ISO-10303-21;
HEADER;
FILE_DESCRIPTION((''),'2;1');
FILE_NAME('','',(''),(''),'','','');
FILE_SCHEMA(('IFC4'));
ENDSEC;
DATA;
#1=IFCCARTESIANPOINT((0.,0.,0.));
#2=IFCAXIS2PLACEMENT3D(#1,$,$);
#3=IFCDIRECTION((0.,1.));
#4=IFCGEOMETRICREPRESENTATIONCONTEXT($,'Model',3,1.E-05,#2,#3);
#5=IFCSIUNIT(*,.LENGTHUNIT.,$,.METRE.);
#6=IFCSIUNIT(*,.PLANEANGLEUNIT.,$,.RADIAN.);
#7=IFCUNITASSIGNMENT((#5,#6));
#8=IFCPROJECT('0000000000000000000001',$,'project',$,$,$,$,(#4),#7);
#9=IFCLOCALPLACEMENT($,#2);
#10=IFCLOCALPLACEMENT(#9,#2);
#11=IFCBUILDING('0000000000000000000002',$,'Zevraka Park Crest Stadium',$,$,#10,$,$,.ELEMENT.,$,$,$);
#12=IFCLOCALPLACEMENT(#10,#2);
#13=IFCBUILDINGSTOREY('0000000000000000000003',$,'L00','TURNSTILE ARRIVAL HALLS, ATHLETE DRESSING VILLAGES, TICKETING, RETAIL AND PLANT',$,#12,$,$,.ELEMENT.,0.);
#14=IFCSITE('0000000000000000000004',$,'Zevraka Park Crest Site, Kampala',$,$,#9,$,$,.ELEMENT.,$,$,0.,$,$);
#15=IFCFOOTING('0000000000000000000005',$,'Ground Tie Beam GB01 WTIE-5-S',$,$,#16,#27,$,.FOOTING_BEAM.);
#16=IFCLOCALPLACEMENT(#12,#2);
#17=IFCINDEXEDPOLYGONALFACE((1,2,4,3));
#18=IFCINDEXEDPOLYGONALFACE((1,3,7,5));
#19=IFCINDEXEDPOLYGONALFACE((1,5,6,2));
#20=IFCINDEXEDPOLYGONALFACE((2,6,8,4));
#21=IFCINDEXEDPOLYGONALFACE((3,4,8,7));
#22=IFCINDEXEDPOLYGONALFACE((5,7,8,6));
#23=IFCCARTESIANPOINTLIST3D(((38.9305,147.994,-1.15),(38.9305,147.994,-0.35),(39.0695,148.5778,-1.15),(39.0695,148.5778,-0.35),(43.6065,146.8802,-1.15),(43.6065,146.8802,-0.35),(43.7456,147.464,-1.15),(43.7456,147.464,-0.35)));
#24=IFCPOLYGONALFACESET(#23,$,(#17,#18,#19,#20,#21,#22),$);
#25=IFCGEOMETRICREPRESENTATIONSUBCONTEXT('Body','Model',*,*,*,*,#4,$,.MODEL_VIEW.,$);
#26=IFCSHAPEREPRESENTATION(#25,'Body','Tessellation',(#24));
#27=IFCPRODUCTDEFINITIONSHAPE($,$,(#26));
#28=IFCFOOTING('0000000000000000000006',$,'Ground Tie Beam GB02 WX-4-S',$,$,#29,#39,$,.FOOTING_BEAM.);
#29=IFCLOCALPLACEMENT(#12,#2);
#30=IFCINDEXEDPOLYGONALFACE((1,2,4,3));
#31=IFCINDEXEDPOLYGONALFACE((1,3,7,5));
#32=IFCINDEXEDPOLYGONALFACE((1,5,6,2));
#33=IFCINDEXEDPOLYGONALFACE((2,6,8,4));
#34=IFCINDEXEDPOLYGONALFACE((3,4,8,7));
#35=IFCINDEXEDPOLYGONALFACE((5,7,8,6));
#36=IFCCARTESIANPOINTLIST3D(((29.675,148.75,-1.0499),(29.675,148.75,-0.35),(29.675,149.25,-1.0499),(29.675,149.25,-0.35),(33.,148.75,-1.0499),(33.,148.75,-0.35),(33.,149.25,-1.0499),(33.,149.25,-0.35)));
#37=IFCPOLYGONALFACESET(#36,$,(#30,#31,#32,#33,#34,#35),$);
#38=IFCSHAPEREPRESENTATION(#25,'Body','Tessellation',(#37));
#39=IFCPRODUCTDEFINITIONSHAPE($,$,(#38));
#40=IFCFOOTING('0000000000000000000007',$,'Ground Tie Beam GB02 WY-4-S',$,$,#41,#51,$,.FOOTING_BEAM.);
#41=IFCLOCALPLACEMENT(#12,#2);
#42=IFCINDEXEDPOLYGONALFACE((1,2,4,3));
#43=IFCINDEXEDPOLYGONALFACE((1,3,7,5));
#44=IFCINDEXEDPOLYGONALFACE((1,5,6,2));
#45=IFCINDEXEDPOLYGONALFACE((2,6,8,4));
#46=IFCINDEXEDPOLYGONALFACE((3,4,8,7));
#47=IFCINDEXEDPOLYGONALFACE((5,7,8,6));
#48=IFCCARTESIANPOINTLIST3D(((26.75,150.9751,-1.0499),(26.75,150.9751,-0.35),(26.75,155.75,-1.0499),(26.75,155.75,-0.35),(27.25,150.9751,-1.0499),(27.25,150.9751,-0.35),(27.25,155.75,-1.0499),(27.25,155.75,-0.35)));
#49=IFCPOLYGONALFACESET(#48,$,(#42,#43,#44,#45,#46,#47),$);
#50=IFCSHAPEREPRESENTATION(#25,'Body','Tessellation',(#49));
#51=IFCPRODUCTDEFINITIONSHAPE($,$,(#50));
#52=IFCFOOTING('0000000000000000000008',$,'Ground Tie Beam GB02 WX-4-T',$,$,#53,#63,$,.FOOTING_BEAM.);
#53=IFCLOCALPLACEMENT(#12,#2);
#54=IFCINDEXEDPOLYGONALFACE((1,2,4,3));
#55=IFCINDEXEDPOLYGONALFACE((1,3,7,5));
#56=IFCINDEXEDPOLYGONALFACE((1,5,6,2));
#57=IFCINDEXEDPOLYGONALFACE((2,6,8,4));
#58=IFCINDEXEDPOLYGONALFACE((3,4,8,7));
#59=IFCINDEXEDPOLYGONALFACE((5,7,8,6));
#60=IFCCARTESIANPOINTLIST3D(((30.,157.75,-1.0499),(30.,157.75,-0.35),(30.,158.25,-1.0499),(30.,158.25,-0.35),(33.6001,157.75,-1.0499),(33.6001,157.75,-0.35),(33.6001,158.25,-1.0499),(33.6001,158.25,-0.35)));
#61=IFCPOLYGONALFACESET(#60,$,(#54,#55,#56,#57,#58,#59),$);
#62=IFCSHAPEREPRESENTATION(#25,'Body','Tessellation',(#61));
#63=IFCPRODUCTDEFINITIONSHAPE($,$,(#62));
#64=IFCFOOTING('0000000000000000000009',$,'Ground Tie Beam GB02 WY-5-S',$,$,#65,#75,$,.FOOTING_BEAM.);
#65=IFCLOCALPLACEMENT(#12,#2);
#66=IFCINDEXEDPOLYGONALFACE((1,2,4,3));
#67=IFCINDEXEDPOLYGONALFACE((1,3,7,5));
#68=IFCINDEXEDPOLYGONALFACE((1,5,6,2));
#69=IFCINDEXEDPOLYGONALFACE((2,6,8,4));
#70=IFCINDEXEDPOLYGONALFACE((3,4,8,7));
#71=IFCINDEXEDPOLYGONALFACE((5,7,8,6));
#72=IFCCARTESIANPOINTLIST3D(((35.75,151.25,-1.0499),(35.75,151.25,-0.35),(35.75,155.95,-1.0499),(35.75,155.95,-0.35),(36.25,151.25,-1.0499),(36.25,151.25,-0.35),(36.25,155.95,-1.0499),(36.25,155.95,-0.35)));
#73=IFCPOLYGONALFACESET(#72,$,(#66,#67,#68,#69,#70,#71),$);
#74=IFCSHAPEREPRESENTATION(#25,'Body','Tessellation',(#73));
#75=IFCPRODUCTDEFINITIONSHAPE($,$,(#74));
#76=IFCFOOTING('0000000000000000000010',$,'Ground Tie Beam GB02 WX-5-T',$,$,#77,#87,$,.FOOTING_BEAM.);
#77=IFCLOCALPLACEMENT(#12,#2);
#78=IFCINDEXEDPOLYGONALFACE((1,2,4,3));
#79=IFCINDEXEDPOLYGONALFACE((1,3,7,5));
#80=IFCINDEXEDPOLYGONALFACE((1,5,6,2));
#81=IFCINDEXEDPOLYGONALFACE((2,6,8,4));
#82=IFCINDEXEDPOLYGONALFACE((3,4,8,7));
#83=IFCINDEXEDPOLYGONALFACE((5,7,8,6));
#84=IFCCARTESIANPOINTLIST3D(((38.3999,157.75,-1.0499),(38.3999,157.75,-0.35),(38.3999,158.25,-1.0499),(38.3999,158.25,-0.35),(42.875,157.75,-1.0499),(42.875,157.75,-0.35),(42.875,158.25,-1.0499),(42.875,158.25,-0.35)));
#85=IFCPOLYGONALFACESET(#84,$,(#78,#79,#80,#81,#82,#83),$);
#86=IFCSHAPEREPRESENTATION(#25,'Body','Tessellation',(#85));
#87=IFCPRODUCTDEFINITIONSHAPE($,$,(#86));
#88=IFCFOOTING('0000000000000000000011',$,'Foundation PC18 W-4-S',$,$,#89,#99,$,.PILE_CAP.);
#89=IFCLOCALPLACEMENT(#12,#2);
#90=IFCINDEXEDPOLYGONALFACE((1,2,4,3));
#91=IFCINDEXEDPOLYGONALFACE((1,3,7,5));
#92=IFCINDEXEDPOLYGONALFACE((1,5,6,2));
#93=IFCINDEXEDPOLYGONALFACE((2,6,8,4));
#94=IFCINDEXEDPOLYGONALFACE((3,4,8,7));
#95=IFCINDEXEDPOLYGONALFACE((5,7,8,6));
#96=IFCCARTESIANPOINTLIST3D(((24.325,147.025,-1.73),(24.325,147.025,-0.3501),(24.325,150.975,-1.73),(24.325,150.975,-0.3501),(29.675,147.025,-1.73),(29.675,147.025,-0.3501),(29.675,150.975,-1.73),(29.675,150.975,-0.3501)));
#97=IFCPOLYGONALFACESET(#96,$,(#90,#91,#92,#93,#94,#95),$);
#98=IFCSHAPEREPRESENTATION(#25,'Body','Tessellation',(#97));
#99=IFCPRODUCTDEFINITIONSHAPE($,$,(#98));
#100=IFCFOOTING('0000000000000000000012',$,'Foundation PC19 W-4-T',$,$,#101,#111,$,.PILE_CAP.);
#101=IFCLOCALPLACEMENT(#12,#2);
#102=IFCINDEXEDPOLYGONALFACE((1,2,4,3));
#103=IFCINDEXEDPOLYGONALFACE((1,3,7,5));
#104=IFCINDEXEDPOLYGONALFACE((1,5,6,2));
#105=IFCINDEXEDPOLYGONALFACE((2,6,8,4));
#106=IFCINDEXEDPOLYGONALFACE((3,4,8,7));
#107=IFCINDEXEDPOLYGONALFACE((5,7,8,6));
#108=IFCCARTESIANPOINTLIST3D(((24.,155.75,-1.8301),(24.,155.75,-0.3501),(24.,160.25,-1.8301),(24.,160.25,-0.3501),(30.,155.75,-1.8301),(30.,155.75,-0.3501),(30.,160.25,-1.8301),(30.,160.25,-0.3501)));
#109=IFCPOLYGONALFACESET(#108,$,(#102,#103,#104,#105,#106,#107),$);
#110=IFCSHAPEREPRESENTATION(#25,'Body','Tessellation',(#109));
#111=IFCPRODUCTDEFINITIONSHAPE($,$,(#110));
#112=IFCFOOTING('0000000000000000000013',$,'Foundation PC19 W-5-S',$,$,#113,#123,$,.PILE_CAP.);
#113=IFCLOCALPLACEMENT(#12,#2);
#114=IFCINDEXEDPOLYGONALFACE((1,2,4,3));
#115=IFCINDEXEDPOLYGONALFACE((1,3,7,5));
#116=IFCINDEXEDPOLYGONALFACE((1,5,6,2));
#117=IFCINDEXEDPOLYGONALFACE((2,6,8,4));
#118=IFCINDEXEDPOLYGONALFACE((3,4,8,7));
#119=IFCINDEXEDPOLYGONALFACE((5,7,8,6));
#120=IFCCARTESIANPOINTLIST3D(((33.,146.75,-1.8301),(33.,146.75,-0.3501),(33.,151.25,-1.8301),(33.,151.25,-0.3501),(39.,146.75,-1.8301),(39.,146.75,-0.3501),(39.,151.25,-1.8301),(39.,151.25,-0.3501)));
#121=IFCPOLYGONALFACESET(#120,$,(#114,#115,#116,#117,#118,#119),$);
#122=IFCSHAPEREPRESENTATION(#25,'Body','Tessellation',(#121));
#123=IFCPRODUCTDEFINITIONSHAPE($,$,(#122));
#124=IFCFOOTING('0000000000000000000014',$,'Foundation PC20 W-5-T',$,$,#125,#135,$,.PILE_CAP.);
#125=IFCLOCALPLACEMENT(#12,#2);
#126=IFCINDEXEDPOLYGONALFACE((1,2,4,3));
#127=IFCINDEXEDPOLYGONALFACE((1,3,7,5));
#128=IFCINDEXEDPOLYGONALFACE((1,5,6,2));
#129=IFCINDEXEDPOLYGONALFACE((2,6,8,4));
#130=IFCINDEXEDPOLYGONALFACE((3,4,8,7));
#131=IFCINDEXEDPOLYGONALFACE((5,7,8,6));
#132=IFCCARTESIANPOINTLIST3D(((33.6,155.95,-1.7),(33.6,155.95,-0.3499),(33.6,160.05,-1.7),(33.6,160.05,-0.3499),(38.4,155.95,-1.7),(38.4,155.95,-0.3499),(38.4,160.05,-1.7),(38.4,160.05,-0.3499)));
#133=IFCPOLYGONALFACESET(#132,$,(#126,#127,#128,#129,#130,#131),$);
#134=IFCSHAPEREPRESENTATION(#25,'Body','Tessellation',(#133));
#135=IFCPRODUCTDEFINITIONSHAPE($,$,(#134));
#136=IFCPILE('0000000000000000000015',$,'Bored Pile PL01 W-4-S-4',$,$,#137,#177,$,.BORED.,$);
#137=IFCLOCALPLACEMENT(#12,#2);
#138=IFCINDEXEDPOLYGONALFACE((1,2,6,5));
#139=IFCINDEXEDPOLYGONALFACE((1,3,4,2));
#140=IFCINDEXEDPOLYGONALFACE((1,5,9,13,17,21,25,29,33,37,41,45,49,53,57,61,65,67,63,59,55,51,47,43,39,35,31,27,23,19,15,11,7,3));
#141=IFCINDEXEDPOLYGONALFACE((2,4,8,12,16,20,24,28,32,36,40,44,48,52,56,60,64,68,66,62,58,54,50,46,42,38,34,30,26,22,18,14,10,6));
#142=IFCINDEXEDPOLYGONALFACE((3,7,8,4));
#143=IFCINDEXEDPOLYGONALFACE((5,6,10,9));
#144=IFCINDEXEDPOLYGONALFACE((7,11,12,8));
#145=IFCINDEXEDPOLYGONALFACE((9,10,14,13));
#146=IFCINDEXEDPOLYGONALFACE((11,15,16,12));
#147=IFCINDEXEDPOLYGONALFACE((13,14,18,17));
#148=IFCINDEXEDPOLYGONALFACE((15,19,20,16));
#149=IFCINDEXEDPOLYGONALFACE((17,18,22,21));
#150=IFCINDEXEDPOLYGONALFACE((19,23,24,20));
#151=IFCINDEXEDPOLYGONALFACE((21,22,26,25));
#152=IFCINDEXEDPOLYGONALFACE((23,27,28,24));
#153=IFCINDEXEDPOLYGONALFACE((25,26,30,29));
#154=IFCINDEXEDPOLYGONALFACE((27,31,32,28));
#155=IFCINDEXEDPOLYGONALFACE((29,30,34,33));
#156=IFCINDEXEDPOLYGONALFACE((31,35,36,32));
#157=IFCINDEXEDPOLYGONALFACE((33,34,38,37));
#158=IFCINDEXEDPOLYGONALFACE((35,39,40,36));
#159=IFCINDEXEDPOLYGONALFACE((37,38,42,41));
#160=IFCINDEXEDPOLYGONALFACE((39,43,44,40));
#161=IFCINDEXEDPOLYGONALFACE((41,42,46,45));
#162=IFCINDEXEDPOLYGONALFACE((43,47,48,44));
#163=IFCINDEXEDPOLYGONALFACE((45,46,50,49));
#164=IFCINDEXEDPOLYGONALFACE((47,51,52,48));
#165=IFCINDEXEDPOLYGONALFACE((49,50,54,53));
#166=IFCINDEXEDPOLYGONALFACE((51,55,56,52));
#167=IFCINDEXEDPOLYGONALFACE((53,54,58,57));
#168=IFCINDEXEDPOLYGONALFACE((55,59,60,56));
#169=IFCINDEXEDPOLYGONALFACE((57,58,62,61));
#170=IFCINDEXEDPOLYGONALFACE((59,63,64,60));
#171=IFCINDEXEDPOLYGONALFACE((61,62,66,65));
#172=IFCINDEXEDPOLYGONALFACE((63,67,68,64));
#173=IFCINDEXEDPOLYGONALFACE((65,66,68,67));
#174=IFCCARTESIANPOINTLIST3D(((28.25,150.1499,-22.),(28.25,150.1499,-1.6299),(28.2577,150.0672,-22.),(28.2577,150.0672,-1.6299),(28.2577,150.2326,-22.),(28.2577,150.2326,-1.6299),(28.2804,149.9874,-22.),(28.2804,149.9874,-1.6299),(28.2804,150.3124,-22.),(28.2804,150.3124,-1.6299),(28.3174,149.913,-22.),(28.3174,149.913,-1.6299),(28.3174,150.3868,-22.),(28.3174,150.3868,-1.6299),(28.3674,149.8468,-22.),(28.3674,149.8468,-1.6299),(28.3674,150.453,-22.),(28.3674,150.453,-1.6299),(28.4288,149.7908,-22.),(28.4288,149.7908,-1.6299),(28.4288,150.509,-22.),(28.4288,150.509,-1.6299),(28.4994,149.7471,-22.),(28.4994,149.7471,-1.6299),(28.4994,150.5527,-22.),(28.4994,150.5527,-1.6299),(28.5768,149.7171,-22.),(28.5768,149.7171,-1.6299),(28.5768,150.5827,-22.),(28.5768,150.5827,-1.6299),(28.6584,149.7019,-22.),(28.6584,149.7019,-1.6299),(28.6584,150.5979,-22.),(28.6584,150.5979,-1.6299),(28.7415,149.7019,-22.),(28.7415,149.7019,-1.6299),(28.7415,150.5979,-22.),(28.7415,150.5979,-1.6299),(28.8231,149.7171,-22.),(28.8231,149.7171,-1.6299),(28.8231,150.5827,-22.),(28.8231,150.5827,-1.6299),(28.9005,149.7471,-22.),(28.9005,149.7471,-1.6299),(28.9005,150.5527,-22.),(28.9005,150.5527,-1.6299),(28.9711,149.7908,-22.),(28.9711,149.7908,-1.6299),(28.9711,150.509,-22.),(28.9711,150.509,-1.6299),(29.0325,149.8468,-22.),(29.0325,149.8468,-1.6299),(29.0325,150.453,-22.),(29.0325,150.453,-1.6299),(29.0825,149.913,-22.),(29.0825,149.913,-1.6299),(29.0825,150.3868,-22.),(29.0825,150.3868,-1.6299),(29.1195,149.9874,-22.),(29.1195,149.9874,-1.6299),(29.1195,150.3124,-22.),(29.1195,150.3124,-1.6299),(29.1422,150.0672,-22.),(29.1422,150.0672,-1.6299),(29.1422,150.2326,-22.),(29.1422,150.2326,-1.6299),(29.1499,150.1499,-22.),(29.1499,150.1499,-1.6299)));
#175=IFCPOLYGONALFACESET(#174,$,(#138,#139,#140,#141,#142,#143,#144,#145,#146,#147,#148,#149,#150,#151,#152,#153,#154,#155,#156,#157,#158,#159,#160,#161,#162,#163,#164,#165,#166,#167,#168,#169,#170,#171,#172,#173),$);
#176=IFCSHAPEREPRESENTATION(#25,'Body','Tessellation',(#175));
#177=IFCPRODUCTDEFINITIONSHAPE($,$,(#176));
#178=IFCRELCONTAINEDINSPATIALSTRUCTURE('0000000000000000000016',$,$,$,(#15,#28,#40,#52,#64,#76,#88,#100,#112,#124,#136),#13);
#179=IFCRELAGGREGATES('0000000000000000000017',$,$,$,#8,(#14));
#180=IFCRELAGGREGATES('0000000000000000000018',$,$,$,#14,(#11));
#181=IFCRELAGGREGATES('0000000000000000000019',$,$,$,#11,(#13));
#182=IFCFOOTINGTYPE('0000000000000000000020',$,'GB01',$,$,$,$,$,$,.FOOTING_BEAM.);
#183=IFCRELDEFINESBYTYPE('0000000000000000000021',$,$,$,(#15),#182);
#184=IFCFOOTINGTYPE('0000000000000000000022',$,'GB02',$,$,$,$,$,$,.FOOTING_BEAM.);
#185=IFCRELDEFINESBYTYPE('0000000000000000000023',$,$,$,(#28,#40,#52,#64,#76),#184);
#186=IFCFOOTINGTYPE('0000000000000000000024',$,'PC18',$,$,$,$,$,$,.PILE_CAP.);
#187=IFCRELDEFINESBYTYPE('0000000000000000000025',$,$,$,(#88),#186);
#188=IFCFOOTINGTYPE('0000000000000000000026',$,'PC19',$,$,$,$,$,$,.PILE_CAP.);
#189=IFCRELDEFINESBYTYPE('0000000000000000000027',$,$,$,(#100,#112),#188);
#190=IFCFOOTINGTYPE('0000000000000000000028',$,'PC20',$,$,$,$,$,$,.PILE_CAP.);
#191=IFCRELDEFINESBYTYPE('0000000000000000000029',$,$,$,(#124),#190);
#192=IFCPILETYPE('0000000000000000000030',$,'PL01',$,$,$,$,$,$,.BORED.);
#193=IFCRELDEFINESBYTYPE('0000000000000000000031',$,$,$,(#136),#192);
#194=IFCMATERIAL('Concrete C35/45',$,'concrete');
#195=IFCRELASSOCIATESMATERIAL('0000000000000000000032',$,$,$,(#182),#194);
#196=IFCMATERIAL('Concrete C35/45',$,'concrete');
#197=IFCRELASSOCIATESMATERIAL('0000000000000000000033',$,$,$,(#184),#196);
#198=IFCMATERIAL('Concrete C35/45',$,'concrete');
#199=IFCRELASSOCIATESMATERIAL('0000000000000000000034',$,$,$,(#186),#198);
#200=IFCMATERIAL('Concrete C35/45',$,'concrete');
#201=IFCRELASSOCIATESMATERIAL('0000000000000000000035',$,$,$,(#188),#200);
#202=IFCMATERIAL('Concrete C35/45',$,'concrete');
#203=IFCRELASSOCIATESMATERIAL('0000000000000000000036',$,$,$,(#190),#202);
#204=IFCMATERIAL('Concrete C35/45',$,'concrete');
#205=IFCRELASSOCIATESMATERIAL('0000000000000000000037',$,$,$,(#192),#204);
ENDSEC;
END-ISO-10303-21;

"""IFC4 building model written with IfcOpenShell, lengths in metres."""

from ifc_helpers import new_model, si_unit, direction, frame, origin, origin_2d, place, context, subcontext, project, spatial, rectangle, circle, extrude, material, material_profile, profile_set, type_object, element, save


model = new_model("IFC4")

# Units and contexts
model_context = context("Model", 3, precision=1e-05, world=origin(), true_north=direction((0.0, 1.0)))
body_context = subcontext(model_context, "Body", "Model", "MODEL_VIEW")
ifc_project = project(units=[si_unit("LENGTHUNIT", "METRE"), si_unit("PLANEANGLEUNIT", "RADIAN")], contexts=[model_context])

# Site, building, storey
site_placement = place(None, origin())
site = spatial("IfcSite", under=ifc_project, at=site_placement, Name="Zevraka Park Crest Site, Kampala", CompositionType="ELEMENT", RefElevation=0.0)
building_placement = place(site_placement, origin())
building = spatial("IfcBuilding", under=site, at=building_placement, Name="Zevraka Park Crest Stadium", CompositionType="ELEMENT")
storey_placement = place(building_placement, origin())
storey = spatial("IfcBuildingStorey", under=building, at=storey_placement, Name="L00", Description="TURNSTILE ARRIVAL HALLS, ATHLETE DRESSING VILLAGES, TICKETING, RETAIL AND PLANT", CompositionType="ELEMENT", Elevation=0.0)

# Footings
ifc_material_1 = material(Name="Concrete C35/45", Category="concrete")
ifc_material_profile_1 = material_profile(ifc_material_1, rectangle(XDim=0.6001, YDim=0.8, at=origin_2d()), Name="GB 800x600")
ifc_profile_set_1 = profile_set([ifc_material_profile_1], Name="Concrete C35/45")
footing_type_1 = type_object("IfcFootingType", Name="GB01", PredefinedType="FOOTING_BEAM", material=ifc_profile_set_1)
footing_1_placement = place(storey_placement, frame((39.0, 148.2859, -0.75), z_axis=(0.972786, -0.231705, 0.0), x_axis=(0.231705, 0.972786, 0.0)))
element("IfcFooting", 1, at=footing_1_placement, inside=storey, type_object=footing_type_1, Name="Ground Tie Beam GB01 WTIE-5-S", PredefinedType="FOOTING_BEAM", context=body_context, shape_type="SweptSolid", body=[
    extrude(rectangle(XDim=0.6001, YDim=0.8, at=origin_2d()), origin(), (0.0, 0.0, 1.0), 4.8069),
])
ifc_material_2 = material(Name="Concrete C35/45", Category="concrete")
ifc_material_profile_2 = material_profile(ifc_material_2, rectangle(XDim=0.5, YDim=0.7, at=origin_2d()), Name="GB 700x500")
ifc_profile_set_2 = profile_set([ifc_material_profile_2], Name="Concrete C35/45")
footing_type_2 = type_object("IfcFootingType", Name="GB02", PredefinedType="FOOTING_BEAM", material=ifc_profile_set_2)
footing_2_placement = place(storey_placement, frame((29.675, 149.0, -0.7), z_axis=(1.0, 0.0, 0.0), x_axis=(0.0, 1.0, 0.0)))
element("IfcFooting", 2, at=footing_2_placement, inside=storey, type_object=footing_type_2, Name="Ground Tie Beam GB02 WX-4-S", PredefinedType="FOOTING_BEAM", context=body_context, shape_type="SweptSolid", body=[
    extrude(rectangle(XDim=0.5, YDim=0.7, at=origin_2d()), origin(), (0.0, 0.0, 1.0), 3.325),
])
footing_3_placement = place(storey_placement, frame((27.0, 150.9751, -0.7), z_axis=(0.0, 1.0, 0.0), x_axis=(-1.0, 0.0, 0.0)))
element("IfcFooting", 3, at=footing_3_placement, inside=storey, type_object=footing_type_2, Name="Ground Tie Beam GB02 WY-4-S", PredefinedType="FOOTING_BEAM", context=body_context, shape_type="SweptSolid", body=[
    extrude(rectangle(XDim=0.5, YDim=0.7, at=origin_2d()), origin(), (0.0, 0.0, 1.0), 4.7749),
])
footing_4_placement = place(storey_placement, frame((30.0, 158.0, -0.7), z_axis=(1.0, 0.0, 0.0), x_axis=(0.0, 1.0, 0.0)))
element("IfcFooting", 4, at=footing_4_placement, inside=storey, type_object=footing_type_2, Name="Ground Tie Beam GB02 WX-4-T", PredefinedType="FOOTING_BEAM", context=body_context, shape_type="SweptSolid", body=[
    extrude(rectangle(XDim=0.5, YDim=0.7, at=origin_2d()), origin(), (0.0, 0.0, 1.0), 3.6001),
])
footing_5_placement = place(storey_placement, frame((36.0, 151.25, -0.7), z_axis=(0.0, 1.0, 0.0), x_axis=(-1.0, 0.0, 0.0)))
element("IfcFooting", 5, at=footing_5_placement, inside=storey, type_object=footing_type_2, Name="Ground Tie Beam GB02 WY-5-S", PredefinedType="FOOTING_BEAM", context=body_context, shape_type="SweptSolid", body=[
    extrude(rectangle(XDim=0.5, YDim=0.7, at=origin_2d()), origin(), (0.0, 0.0, 1.0), 4.7),
])
footing_6_placement = place(storey_placement, frame((38.3999, 158.0, -0.7), z_axis=(1.0, 0.0, 0.0), x_axis=(0.0, 1.0, 0.0)))
element("IfcFooting", 6, at=footing_6_placement, inside=storey, type_object=footing_type_2, Name="Ground Tie Beam GB02 WX-5-T", PredefinedType="FOOTING_BEAM", context=body_context, shape_type="SweptSolid", body=[
    extrude(rectangle(XDim=0.5, YDim=0.7, at=origin_2d()), origin(), (0.0, 0.0, 1.0), 4.4751),
])
ifc_material_3 = material(Name="Concrete C35/45", Category="concrete")
footing_type_3 = type_object("IfcFootingType", Name="PC18", PredefinedType="PILE_CAP", material=ifc_material_3)
footing_7_placement = place(storey_placement, frame((27.0, 149.0, -1.73), z_axis=(0.0, 0.0, 1.0), x_axis=(1.0, 0.0, 0.0)))
element("IfcFooting", 7, at=footing_7_placement, inside=storey, type_object=footing_type_3, Name="Foundation PC18 W-4-S", PredefinedType="PILE_CAP", context=body_context, shape_type="SweptSolid", body=[
    extrude(rectangle(XDim=5.3501, YDim=3.95, at=origin_2d()), origin(), (0.0, 0.0, 1.0), 1.3799),
])
ifc_material_4 = material(Name="Concrete C35/45", Category="concrete")
footing_type_4 = type_object("IfcFootingType", Name="PC19", PredefinedType="PILE_CAP", material=ifc_material_4)
for number, where, z_axis, x_axis, name in (
    (8, (27.0, 158.0, -1.8301), (0.0, 0.0, 1.0), (1.0, 0.0, 0.0), "Foundation PC19 W-4-T"),
    (9, (36.0, 149.0, -1.8301), (0.0, 0.0, 1.0), (1.0, 0.0, 0.0), "Foundation PC19 W-5-S"),
):
    element("IfcFooting", number, at=place(storey_placement, frame(where, z_axis=z_axis, x_axis=x_axis)), inside=storey, type_object=footing_type_4, Name=name, PredefinedType="PILE_CAP", context=body_context, shape_type="SweptSolid", body=[
        extrude(rectangle(XDim=6.0, YDim=4.5, at=origin_2d()), origin(), (0.0, 0.0, 1.0), 1.48),
    ])
ifc_material_5 = material(Name="Concrete C35/45", Category="concrete")
footing_type_5 = type_object("IfcFootingType", Name="PC20", PredefinedType="PILE_CAP", material=ifc_material_5)
footing_8_placement = place(storey_placement, frame((36.0, 158.0, -1.7), z_axis=(0.0, 0.0, 1.0), x_axis=(1.0, 0.0, 0.0)))
element("IfcFooting", 10, at=footing_8_placement, inside=storey, type_object=footing_type_5, Name="Foundation PC20 W-5-T", PredefinedType="PILE_CAP", context=body_context, shape_type="SweptSolid", body=[
    extrude(rectangle(XDim=4.8, YDim=4.1001, at=origin_2d()), origin(), (0.0, 0.0, 1.0), 1.3501),
])

# Pile
ifc_material_6 = material(Name="Concrete C35/45", Category="concrete")
ifc_material_profile_3 = material_profile(ifc_material_6, circle(Radius=0.45, at=origin_2d()), Name="PILE D900")
ifc_profile_set_3 = profile_set([ifc_material_profile_3], Name="Concrete C35/45")
pile_type_1 = type_object("IfcPileType", Name="PL01", PredefinedType="BORED", material=ifc_profile_set_3)
pile_placement = place(storey_placement, frame((28.7, 150.1499, -1.6299), z_axis=(0.0, 0.0, -1.0), x_axis=(1.0, 0.0, 0.0)))
element("IfcPile", 11, at=pile_placement, inside=storey, type_object=pile_type_1, Name="Bored Pile PL01 W-4-S-4", PredefinedType="BORED", context=body_context, shape_type="SweptSolid", body=[
    extrude(circle(Radius=0.45, at=origin_2d()), origin(), (0.0, 0.0, 1.0), 20.3701),
])

save(model, "model.ifc")
